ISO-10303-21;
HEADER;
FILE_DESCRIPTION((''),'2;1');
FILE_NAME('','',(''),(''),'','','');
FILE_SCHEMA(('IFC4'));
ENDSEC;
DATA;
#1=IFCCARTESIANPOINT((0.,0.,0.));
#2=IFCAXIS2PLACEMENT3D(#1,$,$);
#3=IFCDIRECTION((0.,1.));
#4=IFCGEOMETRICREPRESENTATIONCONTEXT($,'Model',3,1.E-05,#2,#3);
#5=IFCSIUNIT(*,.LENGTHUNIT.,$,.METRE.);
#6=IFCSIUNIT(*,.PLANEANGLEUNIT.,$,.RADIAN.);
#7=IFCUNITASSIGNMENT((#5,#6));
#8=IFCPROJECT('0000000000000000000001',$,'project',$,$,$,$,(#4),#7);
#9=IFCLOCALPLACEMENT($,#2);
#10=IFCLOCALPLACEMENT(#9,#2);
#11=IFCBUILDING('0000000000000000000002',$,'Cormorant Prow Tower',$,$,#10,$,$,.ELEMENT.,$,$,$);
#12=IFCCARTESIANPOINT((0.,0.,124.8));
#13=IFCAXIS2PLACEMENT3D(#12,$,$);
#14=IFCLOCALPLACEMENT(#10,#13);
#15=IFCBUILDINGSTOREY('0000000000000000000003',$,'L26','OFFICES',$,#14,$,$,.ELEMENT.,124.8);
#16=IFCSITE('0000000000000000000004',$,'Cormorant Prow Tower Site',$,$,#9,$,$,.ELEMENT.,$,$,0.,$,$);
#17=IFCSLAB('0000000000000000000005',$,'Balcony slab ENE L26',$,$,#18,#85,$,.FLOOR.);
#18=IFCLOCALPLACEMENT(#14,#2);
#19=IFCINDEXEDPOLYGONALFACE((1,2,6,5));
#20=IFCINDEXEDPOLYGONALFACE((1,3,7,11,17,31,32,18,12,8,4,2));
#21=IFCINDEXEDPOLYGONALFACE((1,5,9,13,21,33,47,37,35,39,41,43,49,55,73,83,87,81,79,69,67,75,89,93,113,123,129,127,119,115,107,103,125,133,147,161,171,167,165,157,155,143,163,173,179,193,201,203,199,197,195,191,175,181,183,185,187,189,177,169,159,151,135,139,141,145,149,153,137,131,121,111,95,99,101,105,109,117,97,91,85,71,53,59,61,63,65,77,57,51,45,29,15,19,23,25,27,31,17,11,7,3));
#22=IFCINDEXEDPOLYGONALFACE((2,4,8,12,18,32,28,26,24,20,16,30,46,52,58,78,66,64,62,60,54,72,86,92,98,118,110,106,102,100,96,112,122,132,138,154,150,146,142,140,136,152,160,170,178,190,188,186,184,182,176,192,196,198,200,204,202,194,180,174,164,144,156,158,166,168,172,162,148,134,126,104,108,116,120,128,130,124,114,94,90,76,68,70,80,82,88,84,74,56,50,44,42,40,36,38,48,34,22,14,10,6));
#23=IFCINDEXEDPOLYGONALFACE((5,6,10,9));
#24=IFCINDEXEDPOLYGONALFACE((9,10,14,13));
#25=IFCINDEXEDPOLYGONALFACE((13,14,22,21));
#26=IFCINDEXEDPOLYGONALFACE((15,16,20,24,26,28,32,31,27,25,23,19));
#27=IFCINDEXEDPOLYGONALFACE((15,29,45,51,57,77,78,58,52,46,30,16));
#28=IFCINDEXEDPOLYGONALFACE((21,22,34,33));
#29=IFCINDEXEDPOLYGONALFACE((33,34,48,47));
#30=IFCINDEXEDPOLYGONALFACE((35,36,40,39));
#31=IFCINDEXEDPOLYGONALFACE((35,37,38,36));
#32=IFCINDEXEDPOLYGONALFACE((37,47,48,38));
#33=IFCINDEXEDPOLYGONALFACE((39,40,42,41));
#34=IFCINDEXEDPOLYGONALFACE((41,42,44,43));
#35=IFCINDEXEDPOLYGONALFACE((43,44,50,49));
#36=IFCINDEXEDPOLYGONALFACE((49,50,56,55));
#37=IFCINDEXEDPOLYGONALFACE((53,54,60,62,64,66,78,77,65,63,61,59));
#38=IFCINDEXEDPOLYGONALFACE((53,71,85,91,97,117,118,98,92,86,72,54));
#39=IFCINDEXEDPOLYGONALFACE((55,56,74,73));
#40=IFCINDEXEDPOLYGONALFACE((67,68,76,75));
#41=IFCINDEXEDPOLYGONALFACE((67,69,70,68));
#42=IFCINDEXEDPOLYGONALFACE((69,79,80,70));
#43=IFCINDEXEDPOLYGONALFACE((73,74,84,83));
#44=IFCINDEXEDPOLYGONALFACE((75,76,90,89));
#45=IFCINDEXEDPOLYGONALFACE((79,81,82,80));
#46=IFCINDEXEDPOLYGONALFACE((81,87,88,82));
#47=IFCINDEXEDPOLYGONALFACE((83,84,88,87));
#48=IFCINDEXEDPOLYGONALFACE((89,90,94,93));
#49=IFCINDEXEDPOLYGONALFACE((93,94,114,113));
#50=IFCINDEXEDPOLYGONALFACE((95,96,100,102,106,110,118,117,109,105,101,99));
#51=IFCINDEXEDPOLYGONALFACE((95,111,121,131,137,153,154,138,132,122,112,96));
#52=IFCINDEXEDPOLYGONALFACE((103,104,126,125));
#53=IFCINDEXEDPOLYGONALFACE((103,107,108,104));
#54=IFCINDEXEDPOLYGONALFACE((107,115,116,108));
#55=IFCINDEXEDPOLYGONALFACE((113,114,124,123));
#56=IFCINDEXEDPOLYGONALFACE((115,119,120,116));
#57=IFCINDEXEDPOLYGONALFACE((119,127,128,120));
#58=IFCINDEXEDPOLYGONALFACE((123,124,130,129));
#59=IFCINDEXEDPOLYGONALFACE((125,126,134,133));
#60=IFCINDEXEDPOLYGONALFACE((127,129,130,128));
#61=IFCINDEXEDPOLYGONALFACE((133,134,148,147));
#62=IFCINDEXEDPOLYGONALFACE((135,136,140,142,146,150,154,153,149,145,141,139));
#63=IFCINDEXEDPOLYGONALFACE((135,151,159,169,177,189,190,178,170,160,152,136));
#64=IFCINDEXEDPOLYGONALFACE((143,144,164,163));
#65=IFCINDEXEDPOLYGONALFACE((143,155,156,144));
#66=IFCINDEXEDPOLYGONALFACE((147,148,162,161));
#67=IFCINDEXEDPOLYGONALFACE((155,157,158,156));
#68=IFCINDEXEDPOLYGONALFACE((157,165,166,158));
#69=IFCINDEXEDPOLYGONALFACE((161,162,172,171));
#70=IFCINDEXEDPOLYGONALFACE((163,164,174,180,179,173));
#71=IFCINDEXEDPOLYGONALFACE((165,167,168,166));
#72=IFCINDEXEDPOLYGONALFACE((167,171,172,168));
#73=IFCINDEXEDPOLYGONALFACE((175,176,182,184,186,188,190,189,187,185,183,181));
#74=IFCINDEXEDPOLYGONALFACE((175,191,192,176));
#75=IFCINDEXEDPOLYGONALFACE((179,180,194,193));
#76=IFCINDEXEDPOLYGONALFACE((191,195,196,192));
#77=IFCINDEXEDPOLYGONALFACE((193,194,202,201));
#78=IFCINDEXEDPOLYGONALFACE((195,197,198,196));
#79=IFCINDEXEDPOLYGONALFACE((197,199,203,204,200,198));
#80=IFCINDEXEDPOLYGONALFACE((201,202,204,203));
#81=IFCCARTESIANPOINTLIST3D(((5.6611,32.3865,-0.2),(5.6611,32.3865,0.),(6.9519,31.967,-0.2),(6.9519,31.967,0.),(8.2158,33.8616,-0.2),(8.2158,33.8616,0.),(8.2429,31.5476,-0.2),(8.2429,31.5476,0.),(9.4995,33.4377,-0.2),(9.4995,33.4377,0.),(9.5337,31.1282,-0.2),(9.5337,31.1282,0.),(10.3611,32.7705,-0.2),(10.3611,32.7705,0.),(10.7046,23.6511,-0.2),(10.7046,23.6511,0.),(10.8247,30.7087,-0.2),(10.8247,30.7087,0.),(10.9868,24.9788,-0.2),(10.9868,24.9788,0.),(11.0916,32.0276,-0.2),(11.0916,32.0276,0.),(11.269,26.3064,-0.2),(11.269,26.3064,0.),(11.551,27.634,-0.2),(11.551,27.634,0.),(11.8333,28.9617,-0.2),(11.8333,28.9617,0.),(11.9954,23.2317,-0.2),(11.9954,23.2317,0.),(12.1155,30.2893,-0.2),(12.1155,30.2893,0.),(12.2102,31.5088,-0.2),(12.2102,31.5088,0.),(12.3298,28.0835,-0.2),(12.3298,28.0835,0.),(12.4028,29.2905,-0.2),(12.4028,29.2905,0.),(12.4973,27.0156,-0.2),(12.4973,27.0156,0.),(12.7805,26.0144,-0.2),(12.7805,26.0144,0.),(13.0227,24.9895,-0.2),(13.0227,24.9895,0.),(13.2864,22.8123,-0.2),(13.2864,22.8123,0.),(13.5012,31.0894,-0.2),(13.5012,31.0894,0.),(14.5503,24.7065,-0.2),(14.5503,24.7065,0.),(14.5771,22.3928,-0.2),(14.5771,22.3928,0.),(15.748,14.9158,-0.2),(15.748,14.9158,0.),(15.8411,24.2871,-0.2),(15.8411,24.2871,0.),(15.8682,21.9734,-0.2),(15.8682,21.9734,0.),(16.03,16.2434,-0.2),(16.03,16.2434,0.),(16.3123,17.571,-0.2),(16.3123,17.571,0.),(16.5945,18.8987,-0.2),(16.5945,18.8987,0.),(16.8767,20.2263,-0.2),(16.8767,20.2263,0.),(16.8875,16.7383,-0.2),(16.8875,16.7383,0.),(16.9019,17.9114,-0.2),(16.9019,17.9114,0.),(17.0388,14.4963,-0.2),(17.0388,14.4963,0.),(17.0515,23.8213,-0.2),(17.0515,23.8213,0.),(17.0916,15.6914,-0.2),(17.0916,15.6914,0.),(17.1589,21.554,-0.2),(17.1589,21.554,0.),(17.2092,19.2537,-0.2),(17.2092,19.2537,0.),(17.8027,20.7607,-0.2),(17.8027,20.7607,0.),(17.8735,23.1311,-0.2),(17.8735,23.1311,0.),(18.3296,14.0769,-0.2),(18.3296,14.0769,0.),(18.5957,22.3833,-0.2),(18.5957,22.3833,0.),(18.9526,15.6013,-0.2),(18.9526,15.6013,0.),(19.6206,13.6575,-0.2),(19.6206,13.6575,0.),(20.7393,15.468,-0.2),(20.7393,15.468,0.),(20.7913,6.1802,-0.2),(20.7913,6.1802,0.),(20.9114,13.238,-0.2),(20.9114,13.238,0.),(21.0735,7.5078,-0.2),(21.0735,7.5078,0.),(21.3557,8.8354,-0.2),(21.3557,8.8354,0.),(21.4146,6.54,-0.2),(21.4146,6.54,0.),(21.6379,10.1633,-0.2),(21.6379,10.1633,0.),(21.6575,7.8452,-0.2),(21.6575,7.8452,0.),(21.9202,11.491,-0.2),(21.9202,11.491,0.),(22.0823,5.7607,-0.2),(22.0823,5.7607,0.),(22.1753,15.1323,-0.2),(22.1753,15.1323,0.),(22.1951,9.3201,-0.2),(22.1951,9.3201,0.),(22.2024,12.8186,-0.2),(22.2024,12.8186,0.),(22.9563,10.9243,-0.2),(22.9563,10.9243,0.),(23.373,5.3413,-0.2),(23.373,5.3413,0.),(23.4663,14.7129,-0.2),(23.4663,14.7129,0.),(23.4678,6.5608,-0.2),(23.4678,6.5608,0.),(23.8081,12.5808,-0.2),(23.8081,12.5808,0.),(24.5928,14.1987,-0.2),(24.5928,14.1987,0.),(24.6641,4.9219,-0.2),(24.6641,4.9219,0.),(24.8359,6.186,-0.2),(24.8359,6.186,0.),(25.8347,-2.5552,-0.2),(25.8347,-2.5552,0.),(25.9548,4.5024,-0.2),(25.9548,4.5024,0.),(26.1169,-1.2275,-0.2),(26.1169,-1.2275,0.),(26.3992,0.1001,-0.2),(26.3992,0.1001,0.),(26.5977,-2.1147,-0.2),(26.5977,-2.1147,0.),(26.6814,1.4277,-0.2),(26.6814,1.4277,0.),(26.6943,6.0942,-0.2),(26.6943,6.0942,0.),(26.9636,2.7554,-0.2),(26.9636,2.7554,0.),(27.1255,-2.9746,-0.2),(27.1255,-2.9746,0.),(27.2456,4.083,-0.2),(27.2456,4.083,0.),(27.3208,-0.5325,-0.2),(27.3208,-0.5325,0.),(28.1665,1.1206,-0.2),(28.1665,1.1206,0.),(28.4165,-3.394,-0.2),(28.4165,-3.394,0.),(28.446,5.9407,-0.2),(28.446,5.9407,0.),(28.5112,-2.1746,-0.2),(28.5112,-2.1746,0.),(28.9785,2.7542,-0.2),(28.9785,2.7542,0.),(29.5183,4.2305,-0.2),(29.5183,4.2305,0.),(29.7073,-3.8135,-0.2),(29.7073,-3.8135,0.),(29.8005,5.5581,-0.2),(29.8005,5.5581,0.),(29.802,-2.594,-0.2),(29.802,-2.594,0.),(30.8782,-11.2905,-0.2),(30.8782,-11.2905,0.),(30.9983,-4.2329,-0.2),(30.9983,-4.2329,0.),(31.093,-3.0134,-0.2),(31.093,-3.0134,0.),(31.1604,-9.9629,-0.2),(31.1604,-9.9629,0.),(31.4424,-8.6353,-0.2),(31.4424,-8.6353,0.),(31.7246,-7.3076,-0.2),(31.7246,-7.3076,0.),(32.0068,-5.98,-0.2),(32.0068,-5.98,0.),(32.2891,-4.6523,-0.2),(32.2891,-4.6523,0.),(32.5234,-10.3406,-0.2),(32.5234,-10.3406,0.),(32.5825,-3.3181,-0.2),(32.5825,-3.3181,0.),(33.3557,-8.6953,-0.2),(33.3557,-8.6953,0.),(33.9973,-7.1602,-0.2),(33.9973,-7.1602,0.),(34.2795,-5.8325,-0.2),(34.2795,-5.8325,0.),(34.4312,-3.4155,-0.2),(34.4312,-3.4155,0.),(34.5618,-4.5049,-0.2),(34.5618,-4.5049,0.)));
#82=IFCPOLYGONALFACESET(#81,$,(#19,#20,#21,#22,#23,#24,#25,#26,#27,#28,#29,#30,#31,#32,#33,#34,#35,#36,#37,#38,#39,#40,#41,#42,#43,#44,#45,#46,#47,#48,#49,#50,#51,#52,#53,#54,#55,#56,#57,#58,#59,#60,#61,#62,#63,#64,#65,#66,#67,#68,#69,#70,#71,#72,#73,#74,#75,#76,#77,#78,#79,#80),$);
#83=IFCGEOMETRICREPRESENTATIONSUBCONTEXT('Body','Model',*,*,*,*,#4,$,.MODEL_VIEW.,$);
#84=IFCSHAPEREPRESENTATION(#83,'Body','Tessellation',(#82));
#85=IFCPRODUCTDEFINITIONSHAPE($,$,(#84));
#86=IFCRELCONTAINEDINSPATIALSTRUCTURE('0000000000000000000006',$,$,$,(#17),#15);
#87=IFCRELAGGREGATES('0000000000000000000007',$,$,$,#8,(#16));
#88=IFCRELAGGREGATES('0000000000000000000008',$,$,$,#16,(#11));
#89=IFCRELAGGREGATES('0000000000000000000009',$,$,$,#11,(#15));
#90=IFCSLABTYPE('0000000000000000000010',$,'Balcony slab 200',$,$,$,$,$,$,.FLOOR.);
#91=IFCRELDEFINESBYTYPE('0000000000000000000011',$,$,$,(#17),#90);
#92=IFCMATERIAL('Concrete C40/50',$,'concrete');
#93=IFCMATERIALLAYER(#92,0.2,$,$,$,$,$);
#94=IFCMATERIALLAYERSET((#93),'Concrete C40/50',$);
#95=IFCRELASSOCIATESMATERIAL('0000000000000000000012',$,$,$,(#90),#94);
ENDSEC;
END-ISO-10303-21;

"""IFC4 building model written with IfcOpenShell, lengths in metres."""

from ifc_helpers import new_model, si_unit, direction, frame, origin, place, context, subcontext, project, spatial, polyline, outline, extrude, material, layer, layer_set, type_object, element, save


model = new_model("IFC4")

# Units and contexts
model_context = context("Model", 3, precision=1e-05, world=origin(), true_north=direction((0.0, 1.0)))
body_context = subcontext(model_context, "Body", "Model", "MODEL_VIEW")
ifc_project = project(units=[si_unit("LENGTHUNIT", "METRE"), si_unit("PLANEANGLEUNIT", "RADIAN")], contexts=[model_context])

# Site, building, storey
site_placement = place(None, origin())
site = spatial("IfcSite", under=ifc_project, at=site_placement, Name="Cormorant Prow Tower Site", CompositionType="ELEMENT", RefElevation=0.0)
building_placement = place(site_placement, origin())
building = spatial("IfcBuilding", under=site, at=building_placement, Name="Cormorant Prow Tower", CompositionType="ELEMENT")
storey_placement = place(building_placement, frame((0.0, 0.0, 124.8)))
storey = spatial("IfcBuildingStorey", under=building, at=storey_placement, Name="L26", Description="OFFICES", CompositionType="ELEMENT", Elevation=124.8)

# Slab
ifc_material_1 = material(Name="Concrete C40/50", Category="concrete")
ifc_layer_1 = layer(ifc_material_1, 0.2)
ifc_layer_set_1 = layer_set([ifc_layer_1], Name="Concrete C40/50")
slab_type_1 = type_object("IfcSlabType", Name="Balcony slab 200", PredefinedType="FLOOR", material=ifc_layer_set_1)
slab_1_placement = place(storey_placement, frame((0.0, 0.0, -0.2)))
element("IfcSlab", 1, at=slab_1_placement, inside=storey, type_object=slab_type_1, Name="Balcony slab ENE L26", PredefinedType="FLOOR", context=body_context, shape_type="SweptSolid", body=[
    extrude(outline(polyline([(30.8782, -11.2905), (32.5234, -10.3406), (33.3557, -8.6953), (33.9973, -7.1602), (34.2795, -5.8325), (34.5618, -4.5049), (34.4312, -3.4155), (32.5825, -3.3181), (31.093, -3.0134), (29.802, -2.594), (28.5112, -2.1746), (26.5977, -2.1147), (27.3208, -0.5325), (28.1665, 1.1206), (28.9785, 2.7542), (29.5183, 4.2305), (29.8005, 5.5581), (28.446, 5.9407), (26.6943, 6.0942), (24.8359, 6.186), (23.4678, 6.5608), (21.4146, 6.54), (21.6575, 7.8452), (22.1951, 9.3201), (22.9563, 10.9243), (23.8081, 12.5808), (24.5928, 14.1987), (23.4663, 14.7129), (22.1753, 15.1323), (20.7393, 15.468), (18.9526, 15.6013), (17.0916, 15.6914), (16.8875, 16.7383), (16.9019, 17.9114), (17.2092, 19.2537), (17.8027, 20.7607), (18.5957, 22.3833), (17.8735, 23.1311), (17.0515, 23.8213), (15.8411, 24.2871), (14.5503, 24.7065), (13.0227, 24.9895), (12.7805, 26.0144), (12.4973, 27.0156), (12.3298, 28.0835), (12.4028, 29.2905), (13.5012, 31.0894), (12.2102, 31.5088), (11.0916, 32.0276), (10.3611, 32.7705), (9.4995, 33.4377), (8.2158, 33.8616), (5.6611, 32.3865), (6.9519, 31.967), (8.2429, 31.5476), (9.5337, 31.1282), (10.8247, 30.7087), (12.1155, 30.2893), (11.8333, 28.9617), (11.551, 27.634), (11.269, 26.3064), (10.9868, 24.9788), (10.7046, 23.6511), (11.9954, 23.2317), (13.2864, 22.8123), (14.5771, 22.3928), (15.8682, 21.9734), (17.1589, 21.554), (16.8767, 20.2263), (16.5945, 18.8987), (16.3123, 17.571), (16.03, 16.2434), (15.748, 14.9158), (17.0388, 14.4963), (18.3296, 14.0769), (19.6206, 13.6575), (20.9114, 13.238), (22.2024, 12.8186), (21.9202, 11.491), (21.6379, 10.1633), (21.3557, 8.8354), (21.0735, 7.5078), (20.7913, 6.1802), (22.0823, 5.7607), (23.373, 5.3413), (24.6641, 4.9219), (25.9548, 4.5024), (27.2456, 4.083), (26.9636, 2.7554), (26.6814, 1.4277), (26.3992, 0.1001), (26.1169, -1.2275), (25.8347, -2.5552), (27.1255, -2.9746), (28.4165, -3.394), (29.7073, -3.8135), (30.9983, -4.2329), (32.2891, -4.6523), (32.0068, -5.98), (31.7246, -7.3076), (31.4424, -8.6353), (31.1604, -9.9629), (30.8782, -11.2905)])), origin(), (0.0, 0.0, 1.0), 0.2),
])

save(model, "model.ifc")
